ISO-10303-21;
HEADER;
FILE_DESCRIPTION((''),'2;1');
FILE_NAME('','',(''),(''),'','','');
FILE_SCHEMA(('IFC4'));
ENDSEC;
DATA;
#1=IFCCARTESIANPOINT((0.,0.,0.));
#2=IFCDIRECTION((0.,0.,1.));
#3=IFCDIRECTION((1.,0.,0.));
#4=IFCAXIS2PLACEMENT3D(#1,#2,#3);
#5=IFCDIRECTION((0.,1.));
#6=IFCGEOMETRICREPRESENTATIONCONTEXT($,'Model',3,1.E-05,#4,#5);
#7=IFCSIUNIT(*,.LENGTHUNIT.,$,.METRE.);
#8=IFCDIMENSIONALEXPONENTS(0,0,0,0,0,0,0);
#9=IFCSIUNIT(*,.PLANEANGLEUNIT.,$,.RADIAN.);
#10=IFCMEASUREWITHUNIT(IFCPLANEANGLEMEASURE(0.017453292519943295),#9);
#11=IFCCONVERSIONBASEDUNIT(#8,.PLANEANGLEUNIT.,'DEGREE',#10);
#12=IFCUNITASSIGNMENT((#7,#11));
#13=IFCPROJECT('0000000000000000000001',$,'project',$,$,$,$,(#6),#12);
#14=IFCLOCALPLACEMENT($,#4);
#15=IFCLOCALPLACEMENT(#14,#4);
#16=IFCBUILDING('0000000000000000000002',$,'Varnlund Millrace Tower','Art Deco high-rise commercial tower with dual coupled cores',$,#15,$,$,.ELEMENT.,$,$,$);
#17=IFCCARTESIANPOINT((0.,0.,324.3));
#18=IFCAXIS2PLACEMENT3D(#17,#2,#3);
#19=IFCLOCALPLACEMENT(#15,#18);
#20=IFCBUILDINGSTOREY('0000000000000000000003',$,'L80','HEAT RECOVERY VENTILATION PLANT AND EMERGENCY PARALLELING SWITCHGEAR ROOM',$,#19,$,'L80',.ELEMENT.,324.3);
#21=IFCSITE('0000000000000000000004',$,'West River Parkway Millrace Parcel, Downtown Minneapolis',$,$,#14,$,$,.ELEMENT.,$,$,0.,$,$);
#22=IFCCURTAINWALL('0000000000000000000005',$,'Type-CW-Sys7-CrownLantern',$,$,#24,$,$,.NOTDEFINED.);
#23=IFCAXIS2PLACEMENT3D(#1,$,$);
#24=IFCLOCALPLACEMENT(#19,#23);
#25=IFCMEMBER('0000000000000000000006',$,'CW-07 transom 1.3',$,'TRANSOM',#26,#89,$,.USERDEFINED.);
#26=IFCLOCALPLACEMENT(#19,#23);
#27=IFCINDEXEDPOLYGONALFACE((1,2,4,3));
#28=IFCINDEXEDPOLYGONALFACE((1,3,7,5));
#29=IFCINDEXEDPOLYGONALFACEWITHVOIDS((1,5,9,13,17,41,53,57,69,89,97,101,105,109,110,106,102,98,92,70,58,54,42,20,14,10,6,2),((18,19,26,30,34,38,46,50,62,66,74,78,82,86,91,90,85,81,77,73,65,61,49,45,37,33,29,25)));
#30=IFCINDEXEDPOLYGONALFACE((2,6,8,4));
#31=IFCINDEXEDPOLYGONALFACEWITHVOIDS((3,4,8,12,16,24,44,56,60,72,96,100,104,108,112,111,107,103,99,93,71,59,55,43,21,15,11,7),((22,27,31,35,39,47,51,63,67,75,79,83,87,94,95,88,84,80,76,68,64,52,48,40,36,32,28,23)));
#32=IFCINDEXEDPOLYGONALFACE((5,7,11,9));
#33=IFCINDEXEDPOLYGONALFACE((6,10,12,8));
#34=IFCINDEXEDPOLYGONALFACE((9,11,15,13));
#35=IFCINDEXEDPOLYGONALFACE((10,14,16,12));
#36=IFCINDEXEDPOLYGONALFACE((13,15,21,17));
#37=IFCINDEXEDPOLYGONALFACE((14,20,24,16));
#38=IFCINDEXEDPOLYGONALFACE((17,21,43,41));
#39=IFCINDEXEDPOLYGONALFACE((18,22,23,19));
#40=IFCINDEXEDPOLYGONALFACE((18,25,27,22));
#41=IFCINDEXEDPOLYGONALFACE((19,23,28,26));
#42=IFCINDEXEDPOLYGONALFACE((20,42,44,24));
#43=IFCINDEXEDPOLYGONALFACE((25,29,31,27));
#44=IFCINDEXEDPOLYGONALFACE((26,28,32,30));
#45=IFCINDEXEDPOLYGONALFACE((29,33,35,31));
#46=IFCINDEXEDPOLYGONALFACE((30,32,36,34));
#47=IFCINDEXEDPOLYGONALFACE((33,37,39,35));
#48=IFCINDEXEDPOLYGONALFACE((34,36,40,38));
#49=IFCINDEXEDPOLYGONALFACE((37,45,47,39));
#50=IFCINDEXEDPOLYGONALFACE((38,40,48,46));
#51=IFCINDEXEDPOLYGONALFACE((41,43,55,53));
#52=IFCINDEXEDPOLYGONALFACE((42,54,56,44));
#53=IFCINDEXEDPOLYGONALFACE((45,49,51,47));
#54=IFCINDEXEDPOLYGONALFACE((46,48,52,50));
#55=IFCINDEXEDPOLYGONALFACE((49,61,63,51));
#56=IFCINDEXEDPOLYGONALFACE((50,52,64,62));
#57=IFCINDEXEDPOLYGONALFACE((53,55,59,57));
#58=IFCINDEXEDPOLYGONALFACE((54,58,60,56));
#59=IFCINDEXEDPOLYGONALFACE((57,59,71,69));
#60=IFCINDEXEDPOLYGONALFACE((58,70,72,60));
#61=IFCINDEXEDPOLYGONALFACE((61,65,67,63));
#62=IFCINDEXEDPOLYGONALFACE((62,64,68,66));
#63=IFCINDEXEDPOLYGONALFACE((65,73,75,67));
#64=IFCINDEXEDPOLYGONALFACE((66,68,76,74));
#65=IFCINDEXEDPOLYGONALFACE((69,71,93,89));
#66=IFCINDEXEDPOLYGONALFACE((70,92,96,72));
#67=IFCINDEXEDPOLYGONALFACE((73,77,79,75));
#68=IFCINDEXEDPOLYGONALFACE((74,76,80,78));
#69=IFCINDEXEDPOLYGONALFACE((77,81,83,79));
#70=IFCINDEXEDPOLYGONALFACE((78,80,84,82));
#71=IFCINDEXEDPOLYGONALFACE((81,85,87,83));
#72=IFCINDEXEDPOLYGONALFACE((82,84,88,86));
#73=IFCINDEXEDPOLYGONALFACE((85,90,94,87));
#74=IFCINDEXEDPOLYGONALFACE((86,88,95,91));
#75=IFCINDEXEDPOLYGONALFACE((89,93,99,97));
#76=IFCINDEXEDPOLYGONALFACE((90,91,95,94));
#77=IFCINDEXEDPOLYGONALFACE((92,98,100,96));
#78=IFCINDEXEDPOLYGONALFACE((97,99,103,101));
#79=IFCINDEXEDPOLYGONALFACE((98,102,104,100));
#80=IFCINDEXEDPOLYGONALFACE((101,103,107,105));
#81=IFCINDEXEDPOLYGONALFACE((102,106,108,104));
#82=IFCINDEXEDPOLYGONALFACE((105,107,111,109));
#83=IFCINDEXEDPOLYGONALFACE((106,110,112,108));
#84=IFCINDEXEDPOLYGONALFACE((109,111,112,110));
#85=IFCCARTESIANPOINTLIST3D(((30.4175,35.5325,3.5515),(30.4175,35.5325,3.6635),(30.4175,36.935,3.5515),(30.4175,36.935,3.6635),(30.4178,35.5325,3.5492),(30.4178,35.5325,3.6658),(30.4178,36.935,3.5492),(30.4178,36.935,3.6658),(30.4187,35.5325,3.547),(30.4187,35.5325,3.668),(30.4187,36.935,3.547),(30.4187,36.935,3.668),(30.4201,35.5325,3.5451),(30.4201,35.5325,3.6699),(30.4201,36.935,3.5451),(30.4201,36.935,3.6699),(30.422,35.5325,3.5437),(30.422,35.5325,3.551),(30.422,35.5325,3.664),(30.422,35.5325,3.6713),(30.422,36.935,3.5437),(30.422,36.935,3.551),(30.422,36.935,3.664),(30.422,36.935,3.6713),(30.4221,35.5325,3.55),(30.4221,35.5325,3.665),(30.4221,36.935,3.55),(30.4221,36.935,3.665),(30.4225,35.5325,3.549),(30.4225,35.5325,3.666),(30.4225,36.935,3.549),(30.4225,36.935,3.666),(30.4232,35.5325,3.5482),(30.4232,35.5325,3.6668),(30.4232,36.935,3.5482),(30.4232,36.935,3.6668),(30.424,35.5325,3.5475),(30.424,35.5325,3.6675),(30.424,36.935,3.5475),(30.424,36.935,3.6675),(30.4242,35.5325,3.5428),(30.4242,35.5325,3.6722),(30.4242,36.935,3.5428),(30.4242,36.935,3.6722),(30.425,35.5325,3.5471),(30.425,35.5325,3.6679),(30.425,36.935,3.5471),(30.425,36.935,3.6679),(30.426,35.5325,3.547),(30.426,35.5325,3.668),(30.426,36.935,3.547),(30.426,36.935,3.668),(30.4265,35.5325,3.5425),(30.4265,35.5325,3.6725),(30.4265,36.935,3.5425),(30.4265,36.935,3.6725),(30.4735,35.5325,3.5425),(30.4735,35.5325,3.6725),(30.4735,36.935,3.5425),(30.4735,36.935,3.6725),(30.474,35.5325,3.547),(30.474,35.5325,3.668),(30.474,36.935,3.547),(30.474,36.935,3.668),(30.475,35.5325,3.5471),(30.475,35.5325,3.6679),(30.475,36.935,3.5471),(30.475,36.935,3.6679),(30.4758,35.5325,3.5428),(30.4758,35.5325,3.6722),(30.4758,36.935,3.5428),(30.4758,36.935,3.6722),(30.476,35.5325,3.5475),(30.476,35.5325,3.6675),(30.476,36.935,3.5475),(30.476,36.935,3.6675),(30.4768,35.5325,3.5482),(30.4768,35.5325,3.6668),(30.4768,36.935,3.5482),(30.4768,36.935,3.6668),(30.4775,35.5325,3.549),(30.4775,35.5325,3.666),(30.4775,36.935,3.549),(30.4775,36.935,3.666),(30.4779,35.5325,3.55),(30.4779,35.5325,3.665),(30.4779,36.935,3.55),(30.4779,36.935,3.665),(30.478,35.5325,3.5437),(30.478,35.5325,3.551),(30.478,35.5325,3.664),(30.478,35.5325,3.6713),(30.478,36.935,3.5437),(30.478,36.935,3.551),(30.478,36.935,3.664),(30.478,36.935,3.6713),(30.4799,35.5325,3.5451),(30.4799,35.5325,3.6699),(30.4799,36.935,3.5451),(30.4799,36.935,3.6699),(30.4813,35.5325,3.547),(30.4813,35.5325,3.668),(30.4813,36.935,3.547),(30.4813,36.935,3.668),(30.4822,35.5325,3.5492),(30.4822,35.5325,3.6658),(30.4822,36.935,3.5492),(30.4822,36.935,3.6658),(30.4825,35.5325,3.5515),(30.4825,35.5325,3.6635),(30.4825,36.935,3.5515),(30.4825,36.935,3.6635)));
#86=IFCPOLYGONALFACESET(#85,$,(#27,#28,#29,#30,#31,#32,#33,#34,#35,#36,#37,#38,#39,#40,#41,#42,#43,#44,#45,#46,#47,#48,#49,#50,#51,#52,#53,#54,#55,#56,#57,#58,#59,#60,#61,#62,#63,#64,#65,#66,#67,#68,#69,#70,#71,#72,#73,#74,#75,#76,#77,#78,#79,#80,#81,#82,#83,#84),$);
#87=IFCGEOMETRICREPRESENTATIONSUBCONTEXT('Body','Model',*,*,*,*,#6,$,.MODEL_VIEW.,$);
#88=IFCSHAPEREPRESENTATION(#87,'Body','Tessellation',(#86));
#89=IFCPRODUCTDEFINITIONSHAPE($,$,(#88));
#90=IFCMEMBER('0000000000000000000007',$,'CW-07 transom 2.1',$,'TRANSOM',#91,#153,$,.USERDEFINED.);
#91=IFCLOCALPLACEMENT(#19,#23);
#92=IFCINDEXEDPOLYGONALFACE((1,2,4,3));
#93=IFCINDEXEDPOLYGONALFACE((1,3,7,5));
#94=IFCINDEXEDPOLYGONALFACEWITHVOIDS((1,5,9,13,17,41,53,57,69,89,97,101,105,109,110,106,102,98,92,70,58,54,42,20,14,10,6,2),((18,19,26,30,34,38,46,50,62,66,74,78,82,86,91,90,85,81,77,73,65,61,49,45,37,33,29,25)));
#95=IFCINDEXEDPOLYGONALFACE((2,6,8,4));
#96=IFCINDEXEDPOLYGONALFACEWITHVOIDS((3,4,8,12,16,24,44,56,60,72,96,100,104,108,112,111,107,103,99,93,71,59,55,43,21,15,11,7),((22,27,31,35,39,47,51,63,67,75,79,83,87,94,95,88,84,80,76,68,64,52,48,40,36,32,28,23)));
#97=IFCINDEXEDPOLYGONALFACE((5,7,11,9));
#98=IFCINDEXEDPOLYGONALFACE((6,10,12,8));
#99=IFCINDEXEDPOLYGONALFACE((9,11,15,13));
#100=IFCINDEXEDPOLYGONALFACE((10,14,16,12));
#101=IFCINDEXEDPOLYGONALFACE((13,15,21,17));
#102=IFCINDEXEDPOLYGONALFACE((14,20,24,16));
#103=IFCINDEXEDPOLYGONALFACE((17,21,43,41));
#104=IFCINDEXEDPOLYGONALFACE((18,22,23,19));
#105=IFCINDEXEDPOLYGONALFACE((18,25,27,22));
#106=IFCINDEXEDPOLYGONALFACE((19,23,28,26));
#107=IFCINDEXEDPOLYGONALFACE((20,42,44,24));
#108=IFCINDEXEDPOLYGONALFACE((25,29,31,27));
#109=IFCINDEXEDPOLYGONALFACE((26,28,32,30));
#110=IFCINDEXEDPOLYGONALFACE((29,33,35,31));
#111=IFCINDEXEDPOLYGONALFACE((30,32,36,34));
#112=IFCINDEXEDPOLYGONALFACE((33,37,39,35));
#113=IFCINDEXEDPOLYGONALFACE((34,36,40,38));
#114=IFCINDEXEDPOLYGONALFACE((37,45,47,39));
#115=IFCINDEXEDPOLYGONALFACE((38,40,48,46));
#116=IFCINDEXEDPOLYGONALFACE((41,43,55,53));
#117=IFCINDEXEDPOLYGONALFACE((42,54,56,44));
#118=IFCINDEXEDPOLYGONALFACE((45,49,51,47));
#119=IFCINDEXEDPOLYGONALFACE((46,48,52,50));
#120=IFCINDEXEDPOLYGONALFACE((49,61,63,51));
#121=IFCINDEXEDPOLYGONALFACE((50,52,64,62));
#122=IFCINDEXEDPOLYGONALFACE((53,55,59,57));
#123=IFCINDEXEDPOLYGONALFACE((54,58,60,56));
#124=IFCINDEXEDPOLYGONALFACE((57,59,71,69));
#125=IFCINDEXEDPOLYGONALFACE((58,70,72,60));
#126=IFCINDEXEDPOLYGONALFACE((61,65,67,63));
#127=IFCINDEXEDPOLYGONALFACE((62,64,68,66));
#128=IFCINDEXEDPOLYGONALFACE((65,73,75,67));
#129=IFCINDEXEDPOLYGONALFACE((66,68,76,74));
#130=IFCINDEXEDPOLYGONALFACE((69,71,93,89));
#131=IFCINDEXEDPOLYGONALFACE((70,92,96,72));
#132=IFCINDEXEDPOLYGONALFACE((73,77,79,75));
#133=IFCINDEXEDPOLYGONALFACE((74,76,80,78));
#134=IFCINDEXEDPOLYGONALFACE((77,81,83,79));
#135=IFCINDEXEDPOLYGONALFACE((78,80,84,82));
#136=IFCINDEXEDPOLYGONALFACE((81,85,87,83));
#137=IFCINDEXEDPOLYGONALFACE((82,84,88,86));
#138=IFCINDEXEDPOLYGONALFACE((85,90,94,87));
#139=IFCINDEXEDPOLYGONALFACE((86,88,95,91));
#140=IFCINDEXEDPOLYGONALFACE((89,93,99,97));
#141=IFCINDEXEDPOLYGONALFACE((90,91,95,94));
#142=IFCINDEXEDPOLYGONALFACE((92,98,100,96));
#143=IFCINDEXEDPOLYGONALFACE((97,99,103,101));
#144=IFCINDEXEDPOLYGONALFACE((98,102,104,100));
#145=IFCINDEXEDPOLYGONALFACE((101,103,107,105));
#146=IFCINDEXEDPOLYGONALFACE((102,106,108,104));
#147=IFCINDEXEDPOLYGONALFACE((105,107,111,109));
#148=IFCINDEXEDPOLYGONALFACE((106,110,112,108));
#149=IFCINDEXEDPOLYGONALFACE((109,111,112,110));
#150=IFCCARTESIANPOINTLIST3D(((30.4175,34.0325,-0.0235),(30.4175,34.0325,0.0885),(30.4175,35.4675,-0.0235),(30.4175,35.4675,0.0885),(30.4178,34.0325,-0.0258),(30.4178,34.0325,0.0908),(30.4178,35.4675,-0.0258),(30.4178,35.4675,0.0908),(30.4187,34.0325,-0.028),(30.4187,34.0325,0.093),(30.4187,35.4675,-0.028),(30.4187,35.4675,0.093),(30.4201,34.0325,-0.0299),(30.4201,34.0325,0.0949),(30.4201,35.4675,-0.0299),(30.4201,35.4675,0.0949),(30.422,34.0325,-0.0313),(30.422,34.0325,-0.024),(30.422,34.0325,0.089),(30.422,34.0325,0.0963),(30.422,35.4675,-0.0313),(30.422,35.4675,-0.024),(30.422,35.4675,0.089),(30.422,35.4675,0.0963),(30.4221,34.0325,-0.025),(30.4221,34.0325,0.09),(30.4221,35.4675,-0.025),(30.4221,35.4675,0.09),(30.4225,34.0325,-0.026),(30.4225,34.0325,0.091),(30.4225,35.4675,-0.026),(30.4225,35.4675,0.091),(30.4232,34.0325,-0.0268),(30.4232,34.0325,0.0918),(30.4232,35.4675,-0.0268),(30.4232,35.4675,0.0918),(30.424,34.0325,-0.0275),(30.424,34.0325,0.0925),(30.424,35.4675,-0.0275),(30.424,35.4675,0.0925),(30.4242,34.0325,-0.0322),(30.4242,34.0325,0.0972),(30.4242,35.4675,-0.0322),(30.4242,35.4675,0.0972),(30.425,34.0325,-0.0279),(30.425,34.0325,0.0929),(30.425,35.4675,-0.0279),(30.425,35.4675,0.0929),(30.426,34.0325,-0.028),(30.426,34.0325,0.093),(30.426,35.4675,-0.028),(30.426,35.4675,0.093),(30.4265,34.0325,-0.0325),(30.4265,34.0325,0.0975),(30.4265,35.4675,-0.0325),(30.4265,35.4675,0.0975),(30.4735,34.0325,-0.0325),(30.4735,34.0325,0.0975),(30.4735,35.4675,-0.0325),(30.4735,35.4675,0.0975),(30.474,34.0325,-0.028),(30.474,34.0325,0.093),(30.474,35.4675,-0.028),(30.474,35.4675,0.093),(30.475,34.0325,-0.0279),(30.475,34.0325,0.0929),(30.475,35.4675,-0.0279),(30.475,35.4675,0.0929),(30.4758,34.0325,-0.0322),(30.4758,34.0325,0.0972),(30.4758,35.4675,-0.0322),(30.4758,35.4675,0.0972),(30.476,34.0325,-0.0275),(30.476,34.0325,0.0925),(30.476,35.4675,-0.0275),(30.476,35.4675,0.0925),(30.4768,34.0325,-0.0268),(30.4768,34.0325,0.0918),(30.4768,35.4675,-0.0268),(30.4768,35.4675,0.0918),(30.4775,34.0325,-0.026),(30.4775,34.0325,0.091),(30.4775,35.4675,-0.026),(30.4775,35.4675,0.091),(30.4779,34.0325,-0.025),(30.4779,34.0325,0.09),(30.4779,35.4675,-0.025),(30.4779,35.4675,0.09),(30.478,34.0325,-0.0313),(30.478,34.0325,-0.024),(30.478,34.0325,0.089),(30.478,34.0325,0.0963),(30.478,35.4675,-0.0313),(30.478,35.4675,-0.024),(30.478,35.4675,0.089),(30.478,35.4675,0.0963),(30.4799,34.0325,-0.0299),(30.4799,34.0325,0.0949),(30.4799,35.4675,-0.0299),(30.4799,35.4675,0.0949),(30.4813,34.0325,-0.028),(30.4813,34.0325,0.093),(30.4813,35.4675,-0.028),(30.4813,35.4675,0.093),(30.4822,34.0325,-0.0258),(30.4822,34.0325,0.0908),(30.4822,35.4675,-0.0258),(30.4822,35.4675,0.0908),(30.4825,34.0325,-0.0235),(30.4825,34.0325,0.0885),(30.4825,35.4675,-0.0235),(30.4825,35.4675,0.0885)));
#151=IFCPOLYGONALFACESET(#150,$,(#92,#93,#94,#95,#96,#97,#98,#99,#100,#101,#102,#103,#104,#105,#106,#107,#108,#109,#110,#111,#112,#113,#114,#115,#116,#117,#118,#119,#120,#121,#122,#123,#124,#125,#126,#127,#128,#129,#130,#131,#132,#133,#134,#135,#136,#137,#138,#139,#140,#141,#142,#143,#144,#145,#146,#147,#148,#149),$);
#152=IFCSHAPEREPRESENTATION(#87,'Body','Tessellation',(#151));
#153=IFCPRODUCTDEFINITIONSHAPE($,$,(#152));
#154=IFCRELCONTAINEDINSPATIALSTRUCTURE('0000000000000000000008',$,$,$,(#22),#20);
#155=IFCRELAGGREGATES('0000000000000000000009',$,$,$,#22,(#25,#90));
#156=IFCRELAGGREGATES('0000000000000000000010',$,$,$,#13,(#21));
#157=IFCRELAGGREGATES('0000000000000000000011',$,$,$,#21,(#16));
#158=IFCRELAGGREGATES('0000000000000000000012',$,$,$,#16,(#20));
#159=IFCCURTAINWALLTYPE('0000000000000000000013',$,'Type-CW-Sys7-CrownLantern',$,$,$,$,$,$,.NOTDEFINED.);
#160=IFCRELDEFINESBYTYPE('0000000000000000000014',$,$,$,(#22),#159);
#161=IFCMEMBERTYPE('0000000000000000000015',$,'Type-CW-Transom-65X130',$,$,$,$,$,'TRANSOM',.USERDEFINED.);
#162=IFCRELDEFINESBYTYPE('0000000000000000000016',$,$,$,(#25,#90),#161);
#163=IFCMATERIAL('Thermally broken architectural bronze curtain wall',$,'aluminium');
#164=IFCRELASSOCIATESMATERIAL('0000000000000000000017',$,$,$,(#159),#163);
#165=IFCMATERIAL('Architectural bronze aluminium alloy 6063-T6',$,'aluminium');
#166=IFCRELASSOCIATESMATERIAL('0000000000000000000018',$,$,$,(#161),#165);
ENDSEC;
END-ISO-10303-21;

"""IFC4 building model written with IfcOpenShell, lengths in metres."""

from ifc_helpers import new_model, entity, si_unit, converted_unit, direction, frame, origin_with_axes, origin_2d_with_axis, place, context, subcontext, project, spatial, hollow_rectangle, extrude, material, material_profile, profile_set, type_object, element, aggregate, save


model = new_model("IFC4")

# Units and contexts
model_context = context("Model", 3, precision=1e-05, world=origin_with_axes(), true_north=direction((0.0, 1.0)))
body_context = subcontext(model_context, "Body", "Model", "MODEL_VIEW")
ifc_project = project(units=[si_unit("LENGTHUNIT", "METRE"), converted_unit("PLANEANGLEUNIT", "DEGREE", entity("IfcPlaneAngleMeasure", 0.017453292519943295), si_unit("PLANEANGLEUNIT", "RADIAN"), dimensions=[0, 0, 0, 0, 0, 0, 0])], contexts=[model_context])

# Site, building, storey
site_placement = place(None, origin_with_axes())
site = spatial("IfcSite", under=ifc_project, at=site_placement, Name="West River Parkway Millrace Parcel, Downtown Minneapolis", CompositionType="ELEMENT", RefElevation=0.0)
building_placement = place(site_placement, origin_with_axes())
building = spatial("IfcBuilding", under=site, at=building_placement, Name="Varnlund Millrace Tower", Description="Art Deco high-rise commercial tower with dual coupled cores", CompositionType="ELEMENT")
storey_placement = place(building_placement, frame((0.0, 0.0, 324.3), z_axis=(0.0, 0.0, 1.0), x_axis=(1.0, 0.0, 0.0)))
storey = spatial("IfcBuildingStorey", under=building, at=storey_placement, Name="L80", Description="HEAT RECOVERY VENTILATION PLANT AND EMERGENCY PARALLELING SWITCHGEAR ROOM", LongName="L80", CompositionType="ELEMENT", Elevation=324.3)

# Curtain wall, members
ifc_material_1 = material(Name="Thermally broken architectural bronze curtain wall", Category="aluminium")
curtain_wall_type = type_object("IfcCurtainWallType", Name="Type-CW-Sys7-CrownLantern", PredefinedType="NOTDEFINED", material=ifc_material_1)
curtain_wall_1_placement = place(storey_placement, frame((30.45, 37.0, 0.0), z_axis=(0.0, 0.0, 1.0), x_axis=(1.0, 0.0, 0.0)))
curtain_wall_1 = element("IfcCurtainWall", 1, at=curtain_wall_1_placement, inside=storey, type_object=curtain_wall_type, Name="Type-CW-Sys7-CrownLantern", PredefinedType="NOTDEFINED")
ifc_material_2 = material(Name="Architectural bronze aluminium alloy 6063-T6", Category="aluminium")
ifc_material_profile_1 = material_profile(ifc_material_2, hollow_rectangle(XDim=0.065, YDim=0.13, WallThickness=0.0045, InnerFilletRadius=0.004, OuterFilletRadius=0.009, at=origin_2d_with_axis()), Name="Architectural bronze aluminium alloy 6063-T6")
ifc_profile_set_1 = profile_set([ifc_material_profile_1], Name="Architectural bronze aluminium alloy 6063-T6")
member_type = type_object("IfcMemberType", Name="Type-CW-Transom-65X130", ElementType="TRANSOM", PredefinedType="USERDEFINED", material=ifc_profile_set_1)
member_1_placement = place(storey_placement, frame((30.45, 36.935, 3.6075), z_axis=(0.0, -1.0, 0.0), x_axis=(1.0, 0.0, 0.0)))
member_1 = element("IfcMember", 2, at=member_1_placement, type_object=member_type, Name="CW-07 transom 1.3", ObjectType="TRANSOM", PredefinedType="USERDEFINED", context=body_context, shape_type="SweptSolid", body=[
    extrude(hollow_rectangle(XDim=0.065, YDim=0.13, WallThickness=0.0045, InnerFilletRadius=0.004, OuterFilletRadius=0.009, at=origin_2d_with_axis()), origin_with_axes(), (0.0, 0.0, 1.0), 1.4025),
])
member_2_placement = place(storey_placement, frame((30.45, 35.4675, 0.0325), z_axis=(0.0, -1.0, 0.0), x_axis=(1.0, 0.0, 0.0)))
member_2 = element("IfcMember", 3, at=member_2_placement, type_object=member_type, Name="CW-07 transom 2.1", ObjectType="TRANSOM", PredefinedType="USERDEFINED", context=body_context, shape_type="SweptSolid", body=[
    extrude(hollow_rectangle(XDim=0.065, YDim=0.13, WallThickness=0.0045, InnerFilletRadius=0.004, OuterFilletRadius=0.009, at=origin_2d_with_axis()), origin_with_axes(), (0.0, 0.0, 1.0), 1.435),
])

aggregate(curtain_wall_1, [member_1, member_2])

save(model, "model.ifc")
